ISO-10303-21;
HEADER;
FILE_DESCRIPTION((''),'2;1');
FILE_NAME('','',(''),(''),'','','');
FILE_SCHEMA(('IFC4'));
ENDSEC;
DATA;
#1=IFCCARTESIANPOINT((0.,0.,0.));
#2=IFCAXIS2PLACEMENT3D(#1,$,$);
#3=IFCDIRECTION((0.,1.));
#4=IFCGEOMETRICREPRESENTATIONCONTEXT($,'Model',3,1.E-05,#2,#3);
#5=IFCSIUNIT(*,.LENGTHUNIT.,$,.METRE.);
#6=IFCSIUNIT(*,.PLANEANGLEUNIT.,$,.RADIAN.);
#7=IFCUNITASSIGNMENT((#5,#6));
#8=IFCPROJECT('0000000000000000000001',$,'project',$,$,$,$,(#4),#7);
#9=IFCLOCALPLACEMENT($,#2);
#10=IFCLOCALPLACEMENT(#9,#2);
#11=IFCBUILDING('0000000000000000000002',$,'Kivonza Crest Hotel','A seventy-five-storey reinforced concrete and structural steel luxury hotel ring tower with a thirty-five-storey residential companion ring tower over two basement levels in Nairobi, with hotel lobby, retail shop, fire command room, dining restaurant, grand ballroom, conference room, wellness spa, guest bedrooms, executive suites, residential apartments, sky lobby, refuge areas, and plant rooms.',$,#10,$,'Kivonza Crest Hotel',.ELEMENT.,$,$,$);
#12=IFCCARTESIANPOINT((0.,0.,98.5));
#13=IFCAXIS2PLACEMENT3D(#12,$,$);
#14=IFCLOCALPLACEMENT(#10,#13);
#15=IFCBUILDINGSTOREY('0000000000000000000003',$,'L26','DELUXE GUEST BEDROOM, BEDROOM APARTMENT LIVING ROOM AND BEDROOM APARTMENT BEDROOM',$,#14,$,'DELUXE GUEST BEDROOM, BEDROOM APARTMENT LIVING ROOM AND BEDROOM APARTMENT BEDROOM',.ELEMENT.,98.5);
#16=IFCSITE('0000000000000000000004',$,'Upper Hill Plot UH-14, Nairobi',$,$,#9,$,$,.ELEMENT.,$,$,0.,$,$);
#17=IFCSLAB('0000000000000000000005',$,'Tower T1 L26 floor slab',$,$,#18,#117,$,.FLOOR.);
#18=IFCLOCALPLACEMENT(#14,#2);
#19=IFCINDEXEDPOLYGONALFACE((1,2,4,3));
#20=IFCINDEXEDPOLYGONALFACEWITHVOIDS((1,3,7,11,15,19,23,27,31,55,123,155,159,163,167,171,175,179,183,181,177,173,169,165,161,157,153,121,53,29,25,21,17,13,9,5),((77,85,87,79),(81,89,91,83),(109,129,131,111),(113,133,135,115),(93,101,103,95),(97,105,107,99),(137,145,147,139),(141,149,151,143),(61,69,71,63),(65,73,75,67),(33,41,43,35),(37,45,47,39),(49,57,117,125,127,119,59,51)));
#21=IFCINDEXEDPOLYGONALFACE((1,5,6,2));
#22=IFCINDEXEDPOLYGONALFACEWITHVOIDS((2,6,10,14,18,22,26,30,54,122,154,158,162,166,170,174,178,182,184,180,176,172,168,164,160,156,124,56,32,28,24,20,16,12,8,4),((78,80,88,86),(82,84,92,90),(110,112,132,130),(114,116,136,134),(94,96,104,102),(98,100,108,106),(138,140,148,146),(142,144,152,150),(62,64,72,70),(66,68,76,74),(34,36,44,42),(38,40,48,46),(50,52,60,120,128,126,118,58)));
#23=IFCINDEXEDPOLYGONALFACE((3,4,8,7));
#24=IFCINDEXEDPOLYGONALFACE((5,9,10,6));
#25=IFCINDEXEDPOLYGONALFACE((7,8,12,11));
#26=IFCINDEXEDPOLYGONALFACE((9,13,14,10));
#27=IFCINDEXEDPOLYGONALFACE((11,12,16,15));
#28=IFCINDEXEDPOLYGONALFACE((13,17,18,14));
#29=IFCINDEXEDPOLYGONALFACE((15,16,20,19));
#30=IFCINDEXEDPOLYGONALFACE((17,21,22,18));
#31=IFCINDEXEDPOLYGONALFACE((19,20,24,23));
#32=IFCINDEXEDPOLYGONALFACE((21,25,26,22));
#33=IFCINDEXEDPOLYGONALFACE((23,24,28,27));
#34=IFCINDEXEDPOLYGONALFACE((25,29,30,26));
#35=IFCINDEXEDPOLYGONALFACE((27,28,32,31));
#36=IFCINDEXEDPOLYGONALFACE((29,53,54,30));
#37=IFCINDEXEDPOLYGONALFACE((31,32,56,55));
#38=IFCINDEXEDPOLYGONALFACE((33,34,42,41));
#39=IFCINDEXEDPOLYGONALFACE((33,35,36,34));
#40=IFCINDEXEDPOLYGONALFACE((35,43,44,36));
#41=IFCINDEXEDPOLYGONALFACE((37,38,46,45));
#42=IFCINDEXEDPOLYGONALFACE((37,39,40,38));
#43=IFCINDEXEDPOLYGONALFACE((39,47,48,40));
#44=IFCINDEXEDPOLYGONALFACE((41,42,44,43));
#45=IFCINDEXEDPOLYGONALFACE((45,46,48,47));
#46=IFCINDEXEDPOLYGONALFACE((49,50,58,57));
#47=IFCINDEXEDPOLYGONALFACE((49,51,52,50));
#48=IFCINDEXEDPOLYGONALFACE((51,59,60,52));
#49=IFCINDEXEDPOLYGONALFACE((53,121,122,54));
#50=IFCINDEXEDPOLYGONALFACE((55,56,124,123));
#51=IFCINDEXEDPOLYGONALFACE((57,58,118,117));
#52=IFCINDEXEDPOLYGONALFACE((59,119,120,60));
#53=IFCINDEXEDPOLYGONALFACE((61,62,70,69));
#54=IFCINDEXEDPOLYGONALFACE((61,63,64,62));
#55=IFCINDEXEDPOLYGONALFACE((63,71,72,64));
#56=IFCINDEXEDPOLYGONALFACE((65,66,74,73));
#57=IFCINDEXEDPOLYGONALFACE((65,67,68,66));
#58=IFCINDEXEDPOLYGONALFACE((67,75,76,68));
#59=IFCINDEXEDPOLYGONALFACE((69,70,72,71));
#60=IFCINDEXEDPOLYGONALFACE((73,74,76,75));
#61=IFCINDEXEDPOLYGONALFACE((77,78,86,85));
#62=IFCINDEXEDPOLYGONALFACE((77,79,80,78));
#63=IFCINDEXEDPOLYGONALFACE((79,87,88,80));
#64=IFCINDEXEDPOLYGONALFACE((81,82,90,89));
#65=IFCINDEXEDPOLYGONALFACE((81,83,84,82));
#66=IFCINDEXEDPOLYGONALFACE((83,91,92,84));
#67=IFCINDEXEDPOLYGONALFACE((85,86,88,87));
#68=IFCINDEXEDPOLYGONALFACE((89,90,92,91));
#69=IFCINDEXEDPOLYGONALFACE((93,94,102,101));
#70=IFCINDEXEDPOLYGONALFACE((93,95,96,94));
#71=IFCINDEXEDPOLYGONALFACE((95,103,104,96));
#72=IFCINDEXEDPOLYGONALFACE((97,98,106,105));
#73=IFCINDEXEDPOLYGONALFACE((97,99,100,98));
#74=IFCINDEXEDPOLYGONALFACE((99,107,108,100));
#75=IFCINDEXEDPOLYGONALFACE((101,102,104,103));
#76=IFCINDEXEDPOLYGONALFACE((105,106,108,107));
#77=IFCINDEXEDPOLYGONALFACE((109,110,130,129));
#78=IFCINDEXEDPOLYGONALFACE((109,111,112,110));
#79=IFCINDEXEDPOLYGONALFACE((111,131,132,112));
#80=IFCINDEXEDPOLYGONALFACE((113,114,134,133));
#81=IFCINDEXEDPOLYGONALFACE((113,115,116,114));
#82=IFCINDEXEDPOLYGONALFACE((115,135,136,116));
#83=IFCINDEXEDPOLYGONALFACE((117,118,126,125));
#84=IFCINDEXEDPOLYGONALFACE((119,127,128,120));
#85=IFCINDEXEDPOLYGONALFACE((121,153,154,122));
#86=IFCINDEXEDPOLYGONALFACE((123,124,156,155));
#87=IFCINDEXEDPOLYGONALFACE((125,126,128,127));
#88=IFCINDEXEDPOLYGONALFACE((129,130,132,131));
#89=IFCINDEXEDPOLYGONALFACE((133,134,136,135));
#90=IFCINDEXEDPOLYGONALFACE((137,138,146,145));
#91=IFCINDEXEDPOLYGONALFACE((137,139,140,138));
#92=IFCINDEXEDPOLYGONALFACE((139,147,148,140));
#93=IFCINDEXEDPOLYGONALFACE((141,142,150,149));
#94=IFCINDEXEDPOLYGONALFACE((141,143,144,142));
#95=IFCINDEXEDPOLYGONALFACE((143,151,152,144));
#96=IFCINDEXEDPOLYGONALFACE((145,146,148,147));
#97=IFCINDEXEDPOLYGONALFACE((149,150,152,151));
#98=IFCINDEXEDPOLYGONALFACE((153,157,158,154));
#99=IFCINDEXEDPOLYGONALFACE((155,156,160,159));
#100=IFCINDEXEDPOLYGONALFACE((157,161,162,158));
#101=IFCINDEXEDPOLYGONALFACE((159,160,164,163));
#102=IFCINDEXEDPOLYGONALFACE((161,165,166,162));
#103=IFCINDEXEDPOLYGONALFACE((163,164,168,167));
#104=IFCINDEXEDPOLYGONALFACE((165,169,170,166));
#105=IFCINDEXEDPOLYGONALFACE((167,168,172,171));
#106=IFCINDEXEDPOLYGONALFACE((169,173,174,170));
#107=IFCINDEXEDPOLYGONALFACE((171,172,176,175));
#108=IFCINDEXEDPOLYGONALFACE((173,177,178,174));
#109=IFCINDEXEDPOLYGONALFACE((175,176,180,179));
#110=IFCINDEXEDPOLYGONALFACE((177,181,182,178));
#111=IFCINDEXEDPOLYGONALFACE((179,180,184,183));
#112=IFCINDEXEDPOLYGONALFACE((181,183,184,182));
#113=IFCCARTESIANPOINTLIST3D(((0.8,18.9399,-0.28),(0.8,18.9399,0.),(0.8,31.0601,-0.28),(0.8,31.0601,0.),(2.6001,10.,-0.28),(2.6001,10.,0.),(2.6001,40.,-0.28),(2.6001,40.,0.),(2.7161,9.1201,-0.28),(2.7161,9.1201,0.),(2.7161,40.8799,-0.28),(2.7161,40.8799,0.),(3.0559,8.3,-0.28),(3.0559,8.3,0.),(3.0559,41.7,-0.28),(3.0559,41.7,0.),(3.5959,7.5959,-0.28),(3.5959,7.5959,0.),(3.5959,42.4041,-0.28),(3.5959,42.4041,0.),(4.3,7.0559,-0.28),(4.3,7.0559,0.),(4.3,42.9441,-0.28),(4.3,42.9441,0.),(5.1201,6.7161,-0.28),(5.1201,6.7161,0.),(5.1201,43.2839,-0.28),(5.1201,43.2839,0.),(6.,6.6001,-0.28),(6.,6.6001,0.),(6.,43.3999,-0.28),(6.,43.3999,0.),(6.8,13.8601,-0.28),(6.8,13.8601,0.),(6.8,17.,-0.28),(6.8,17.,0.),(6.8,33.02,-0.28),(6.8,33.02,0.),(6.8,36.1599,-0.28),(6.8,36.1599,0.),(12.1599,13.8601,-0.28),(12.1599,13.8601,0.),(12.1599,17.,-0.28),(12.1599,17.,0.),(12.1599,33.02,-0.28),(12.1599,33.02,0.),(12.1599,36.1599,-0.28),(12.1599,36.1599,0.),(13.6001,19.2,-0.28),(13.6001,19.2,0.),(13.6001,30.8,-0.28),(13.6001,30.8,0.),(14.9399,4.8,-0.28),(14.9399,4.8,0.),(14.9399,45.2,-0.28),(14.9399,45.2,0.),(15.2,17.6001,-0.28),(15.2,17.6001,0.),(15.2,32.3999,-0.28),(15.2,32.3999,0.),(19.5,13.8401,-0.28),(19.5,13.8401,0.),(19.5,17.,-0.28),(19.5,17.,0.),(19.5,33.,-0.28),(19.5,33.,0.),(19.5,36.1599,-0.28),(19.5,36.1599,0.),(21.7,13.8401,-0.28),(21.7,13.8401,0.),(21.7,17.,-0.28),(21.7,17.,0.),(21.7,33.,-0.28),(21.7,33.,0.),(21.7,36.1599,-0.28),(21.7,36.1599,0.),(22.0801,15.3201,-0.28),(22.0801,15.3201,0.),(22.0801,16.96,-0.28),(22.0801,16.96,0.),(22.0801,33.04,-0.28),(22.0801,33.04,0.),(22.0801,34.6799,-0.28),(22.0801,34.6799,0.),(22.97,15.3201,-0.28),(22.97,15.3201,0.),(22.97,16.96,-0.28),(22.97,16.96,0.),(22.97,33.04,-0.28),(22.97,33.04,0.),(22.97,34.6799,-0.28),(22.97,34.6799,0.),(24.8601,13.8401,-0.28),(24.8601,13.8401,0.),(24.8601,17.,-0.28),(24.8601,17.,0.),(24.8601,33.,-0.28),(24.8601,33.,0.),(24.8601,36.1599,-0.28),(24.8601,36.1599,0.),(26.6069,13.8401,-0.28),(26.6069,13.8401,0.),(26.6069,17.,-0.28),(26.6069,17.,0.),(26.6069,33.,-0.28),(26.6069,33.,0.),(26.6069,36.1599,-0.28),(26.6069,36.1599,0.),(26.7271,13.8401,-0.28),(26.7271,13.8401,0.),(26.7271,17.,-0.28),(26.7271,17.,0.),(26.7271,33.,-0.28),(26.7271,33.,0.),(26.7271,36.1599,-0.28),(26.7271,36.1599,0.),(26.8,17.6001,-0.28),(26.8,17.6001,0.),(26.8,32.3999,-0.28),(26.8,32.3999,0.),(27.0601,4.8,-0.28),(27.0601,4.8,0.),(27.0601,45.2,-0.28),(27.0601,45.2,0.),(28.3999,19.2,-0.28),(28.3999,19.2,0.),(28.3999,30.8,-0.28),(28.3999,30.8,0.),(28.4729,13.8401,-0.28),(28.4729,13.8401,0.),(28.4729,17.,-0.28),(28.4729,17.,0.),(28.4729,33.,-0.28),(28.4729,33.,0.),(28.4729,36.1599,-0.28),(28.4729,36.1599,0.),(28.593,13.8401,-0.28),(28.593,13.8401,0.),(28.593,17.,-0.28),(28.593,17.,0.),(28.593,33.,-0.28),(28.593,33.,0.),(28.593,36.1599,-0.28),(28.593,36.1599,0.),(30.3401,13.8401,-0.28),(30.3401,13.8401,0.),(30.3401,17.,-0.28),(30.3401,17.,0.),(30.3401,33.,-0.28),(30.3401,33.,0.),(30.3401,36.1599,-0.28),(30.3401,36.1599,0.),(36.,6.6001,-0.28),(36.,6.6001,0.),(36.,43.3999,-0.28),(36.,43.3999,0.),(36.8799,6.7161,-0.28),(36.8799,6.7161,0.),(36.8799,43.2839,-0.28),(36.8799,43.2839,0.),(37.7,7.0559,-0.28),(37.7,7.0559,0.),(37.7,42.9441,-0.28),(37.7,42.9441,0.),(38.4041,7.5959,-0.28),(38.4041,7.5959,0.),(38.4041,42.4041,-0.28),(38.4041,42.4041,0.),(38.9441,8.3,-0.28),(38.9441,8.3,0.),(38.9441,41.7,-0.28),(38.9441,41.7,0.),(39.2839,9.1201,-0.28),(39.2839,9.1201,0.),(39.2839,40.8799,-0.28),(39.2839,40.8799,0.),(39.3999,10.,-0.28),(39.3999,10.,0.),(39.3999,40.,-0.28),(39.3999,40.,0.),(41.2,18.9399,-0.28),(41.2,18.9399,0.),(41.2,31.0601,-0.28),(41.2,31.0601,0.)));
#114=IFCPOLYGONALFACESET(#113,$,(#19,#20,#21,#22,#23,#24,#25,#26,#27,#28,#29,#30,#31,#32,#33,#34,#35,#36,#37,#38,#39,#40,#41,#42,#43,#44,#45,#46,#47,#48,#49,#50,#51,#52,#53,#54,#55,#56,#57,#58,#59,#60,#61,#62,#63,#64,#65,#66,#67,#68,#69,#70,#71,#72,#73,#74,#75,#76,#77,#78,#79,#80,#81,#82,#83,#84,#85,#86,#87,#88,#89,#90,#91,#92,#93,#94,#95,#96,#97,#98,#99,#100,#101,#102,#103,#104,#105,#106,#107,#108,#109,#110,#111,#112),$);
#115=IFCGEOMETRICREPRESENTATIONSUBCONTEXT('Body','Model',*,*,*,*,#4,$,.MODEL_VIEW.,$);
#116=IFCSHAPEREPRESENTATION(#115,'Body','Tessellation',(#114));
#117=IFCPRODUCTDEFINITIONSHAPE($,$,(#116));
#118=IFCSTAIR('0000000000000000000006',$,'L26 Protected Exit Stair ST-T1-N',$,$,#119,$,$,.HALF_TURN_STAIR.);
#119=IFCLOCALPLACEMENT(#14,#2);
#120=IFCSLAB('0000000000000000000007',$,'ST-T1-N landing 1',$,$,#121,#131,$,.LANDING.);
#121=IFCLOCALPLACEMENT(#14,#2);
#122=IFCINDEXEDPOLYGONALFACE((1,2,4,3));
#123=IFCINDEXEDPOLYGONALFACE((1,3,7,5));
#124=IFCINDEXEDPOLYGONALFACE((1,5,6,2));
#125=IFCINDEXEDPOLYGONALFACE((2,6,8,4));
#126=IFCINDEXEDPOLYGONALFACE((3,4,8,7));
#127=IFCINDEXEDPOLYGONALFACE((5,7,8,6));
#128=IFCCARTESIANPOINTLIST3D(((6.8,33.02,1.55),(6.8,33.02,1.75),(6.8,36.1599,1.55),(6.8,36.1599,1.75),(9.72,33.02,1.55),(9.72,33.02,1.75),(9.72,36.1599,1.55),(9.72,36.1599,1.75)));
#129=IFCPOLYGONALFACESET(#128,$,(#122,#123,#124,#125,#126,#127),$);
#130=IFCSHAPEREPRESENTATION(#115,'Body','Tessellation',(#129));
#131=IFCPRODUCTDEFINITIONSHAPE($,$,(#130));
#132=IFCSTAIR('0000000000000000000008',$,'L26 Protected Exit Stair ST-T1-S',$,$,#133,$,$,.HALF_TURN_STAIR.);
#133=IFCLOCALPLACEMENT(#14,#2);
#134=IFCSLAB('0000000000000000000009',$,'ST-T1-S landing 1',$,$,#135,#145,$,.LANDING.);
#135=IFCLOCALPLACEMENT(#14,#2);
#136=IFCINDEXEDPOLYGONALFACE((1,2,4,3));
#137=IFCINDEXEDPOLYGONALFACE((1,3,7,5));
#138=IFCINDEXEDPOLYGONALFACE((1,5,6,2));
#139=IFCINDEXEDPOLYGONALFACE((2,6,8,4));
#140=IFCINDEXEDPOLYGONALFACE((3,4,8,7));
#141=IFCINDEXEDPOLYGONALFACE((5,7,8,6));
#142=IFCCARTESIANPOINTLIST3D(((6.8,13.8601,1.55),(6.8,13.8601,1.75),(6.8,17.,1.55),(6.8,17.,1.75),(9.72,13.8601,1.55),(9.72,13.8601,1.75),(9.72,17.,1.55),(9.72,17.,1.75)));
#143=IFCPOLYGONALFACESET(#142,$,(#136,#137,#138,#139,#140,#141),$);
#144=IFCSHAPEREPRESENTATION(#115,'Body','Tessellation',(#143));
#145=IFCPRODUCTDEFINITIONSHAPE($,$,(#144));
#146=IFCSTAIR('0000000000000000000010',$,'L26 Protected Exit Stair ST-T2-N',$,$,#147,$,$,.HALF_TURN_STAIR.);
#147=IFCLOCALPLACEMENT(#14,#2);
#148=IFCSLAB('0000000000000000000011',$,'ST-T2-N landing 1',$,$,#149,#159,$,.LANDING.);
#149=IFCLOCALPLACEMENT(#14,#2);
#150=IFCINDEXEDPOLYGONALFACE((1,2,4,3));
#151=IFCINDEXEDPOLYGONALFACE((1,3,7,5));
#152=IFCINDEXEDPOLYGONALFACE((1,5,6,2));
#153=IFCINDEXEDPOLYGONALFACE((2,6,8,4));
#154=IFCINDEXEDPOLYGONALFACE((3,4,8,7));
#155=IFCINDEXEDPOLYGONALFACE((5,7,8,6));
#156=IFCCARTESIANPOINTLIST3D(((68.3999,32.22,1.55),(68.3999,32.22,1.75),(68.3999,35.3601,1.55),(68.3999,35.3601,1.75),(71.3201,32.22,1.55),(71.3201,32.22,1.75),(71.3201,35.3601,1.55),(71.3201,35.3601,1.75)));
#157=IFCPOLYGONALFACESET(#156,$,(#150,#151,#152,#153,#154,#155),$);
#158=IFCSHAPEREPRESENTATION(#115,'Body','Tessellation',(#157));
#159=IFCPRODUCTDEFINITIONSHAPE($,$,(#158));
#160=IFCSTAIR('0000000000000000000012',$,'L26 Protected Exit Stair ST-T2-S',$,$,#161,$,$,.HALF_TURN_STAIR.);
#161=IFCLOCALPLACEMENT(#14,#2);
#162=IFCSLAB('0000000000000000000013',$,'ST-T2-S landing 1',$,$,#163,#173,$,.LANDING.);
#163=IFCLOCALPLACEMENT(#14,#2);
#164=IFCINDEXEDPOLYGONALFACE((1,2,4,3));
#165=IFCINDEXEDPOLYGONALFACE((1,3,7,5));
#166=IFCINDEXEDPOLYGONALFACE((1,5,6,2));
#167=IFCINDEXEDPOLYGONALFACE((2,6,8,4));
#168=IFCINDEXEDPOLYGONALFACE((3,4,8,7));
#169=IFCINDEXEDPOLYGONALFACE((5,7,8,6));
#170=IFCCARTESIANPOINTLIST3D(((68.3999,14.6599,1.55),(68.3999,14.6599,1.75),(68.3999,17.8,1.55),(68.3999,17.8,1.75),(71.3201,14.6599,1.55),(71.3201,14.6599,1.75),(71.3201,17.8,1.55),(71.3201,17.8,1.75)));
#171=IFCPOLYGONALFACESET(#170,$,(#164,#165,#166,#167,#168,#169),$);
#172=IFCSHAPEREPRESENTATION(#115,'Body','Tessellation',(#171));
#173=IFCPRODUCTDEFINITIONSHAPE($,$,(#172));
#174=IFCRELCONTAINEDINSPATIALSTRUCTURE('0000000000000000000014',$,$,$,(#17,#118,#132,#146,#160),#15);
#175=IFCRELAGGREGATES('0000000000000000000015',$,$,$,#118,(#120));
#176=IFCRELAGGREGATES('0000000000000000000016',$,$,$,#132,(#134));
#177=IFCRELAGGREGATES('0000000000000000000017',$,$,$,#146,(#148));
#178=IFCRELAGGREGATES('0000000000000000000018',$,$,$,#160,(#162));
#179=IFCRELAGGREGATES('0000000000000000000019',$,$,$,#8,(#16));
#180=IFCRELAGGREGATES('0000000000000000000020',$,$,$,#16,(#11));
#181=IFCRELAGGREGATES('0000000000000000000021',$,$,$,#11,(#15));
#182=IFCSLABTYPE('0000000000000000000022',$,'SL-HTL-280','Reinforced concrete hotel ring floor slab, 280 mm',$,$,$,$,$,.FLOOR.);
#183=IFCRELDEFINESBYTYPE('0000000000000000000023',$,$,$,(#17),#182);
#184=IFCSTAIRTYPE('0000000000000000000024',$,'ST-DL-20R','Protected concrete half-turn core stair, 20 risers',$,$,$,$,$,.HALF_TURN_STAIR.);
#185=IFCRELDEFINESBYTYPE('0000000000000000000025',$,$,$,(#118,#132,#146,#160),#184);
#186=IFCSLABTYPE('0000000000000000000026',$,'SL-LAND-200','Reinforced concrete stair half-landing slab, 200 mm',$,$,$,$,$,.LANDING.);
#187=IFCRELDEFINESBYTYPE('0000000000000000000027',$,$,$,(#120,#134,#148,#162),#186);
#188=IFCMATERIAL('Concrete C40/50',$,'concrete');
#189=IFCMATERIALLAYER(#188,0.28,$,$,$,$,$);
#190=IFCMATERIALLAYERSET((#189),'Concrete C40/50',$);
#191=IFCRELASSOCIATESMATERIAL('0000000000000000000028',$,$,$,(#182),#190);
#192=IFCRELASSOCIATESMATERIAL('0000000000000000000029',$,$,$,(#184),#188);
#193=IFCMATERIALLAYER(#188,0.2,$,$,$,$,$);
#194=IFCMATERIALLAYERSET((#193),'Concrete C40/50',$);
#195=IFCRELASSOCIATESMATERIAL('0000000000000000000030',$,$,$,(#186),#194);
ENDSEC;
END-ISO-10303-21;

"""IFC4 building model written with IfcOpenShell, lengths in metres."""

from ifc_helpers import new_model, si_unit, direction, frame, origin, place, context, subcontext, project, spatial, polyline, outline, extrude, material, layer, layer_set, type_object, element, aggregate, save


model = new_model("IFC4")

# Units and contexts
model_context = context("Model", 3, precision=1e-05, world=origin(), true_north=direction((0.0, 1.0)))
body_context = subcontext(model_context, "Body", "Model", "MODEL_VIEW")
ifc_project = project(units=[si_unit("LENGTHUNIT", "METRE"), si_unit("PLANEANGLEUNIT", "RADIAN")], contexts=[model_context])

# Site, building, storey
site_placement = place(None, origin())
site = spatial("IfcSite", under=ifc_project, at=site_placement, Name="Upper Hill Plot UH-14, Nairobi", CompositionType="ELEMENT", RefElevation=0.0)
building_placement = place(site_placement, origin())
building = spatial("IfcBuilding", under=site, at=building_placement, Name="Kivonza Crest Hotel", Description="A seventy-five-storey reinforced concrete and structural steel luxury hotel ring tower with a thirty-five-storey residential companion ring tower over two basement levels in Nairobi, with hotel lobby, retail shop, fire command room, dining restaurant, grand ballroom, conference room, wellness spa, guest bedrooms, executive suites, residential apartments, sky lobby, refuge areas, and plant rooms.", LongName="Kivonza Crest Hotel", CompositionType="ELEMENT")
storey_placement = place(building_placement, frame((0.0, 0.0, 98.5)))
storey = spatial("IfcBuildingStorey", under=building, at=storey_placement, Name="L26", Description="DELUXE GUEST BEDROOM, BEDROOM APARTMENT LIVING ROOM AND BEDROOM APARTMENT BEDROOM", LongName="DELUXE GUEST BEDROOM, BEDROOM APARTMENT LIVING ROOM AND BEDROOM APARTMENT BEDROOM", CompositionType="ELEMENT", Elevation=98.5)

# Slab
ifc_material_1 = material(Name="Concrete C40/50", Category="concrete")
ifc_layer_1 = layer(ifc_material_1, 0.28)
ifc_layer_set_1 = layer_set([ifc_layer_1], Name="Concrete C40/50")
slab_type_1 = type_object("IfcSlabType", Name="SL-HTL-280", Description="Reinforced concrete hotel ring floor slab, 280 mm", PredefinedType="FLOOR", material=ifc_layer_set_1)
slab_1_placement = place(storey_placement, frame((0.0, 0.0, -0.28)))
element("IfcSlab", 1, at=slab_1_placement, inside=storey, type_object=slab_type_1, Name="Tower T1 L26 floor slab", PredefinedType="FLOOR", context=body_context, shape_type="SweptSolid", body=[
    extrude(outline(polyline([(2.6001, 10.0), (2.7161, 9.1201), (3.0559, 8.3), (3.5959, 7.5959), (4.3, 7.0559), (5.1201, 6.7161), (6.0, 6.6001), (14.9399, 4.8), (27.0601, 4.8), (36.0, 6.6001), (36.8799, 6.7161), (37.7, 7.0559), (38.4041, 7.5959), (38.9441, 8.3), (39.2839, 9.1201), (39.3999, 10.0), (41.2, 18.9399), (41.2, 31.0601), (39.3999, 40.0), (39.2839, 40.8799), (38.9441, 41.7), (38.4041, 42.4041), (37.7, 42.9441), (36.8799, 43.2839), (36.0, 43.3999), (27.0601, 45.2), (14.9399, 45.2), (6.0, 43.3999), (5.1201, 43.2839), (4.3, 42.9441), (3.5959, 42.4041), (3.0559, 41.7), (2.7161, 40.8799), (2.6001, 40.0), (0.8, 31.0601), (0.8, 18.9399), (2.6001, 10.0)]), holes=[polyline([(15.2, 17.6001), (26.8, 17.6001), (28.3999, 19.2), (28.3999, 30.8), (26.8, 32.3999), (15.2, 32.3999), (13.6001, 30.8), (13.6001, 19.2), (15.2, 17.6001)]), polyline([(6.8, 33.02), (12.1599, 33.02), (12.1599, 36.1599), (6.8, 36.1599), (6.8, 33.02)]), polyline([(6.8, 13.8601), (12.1599, 13.8601), (12.1599, 17.0), (6.8, 17.0), (6.8, 13.8601)]), polyline([(22.0801, 33.04), (22.97, 33.04), (22.97, 34.6799), (22.0801, 34.6799), (22.0801, 33.04)]), polyline([(22.0801, 15.3201), (22.97, 15.3201), (22.97, 16.96), (22.0801, 16.96), (22.0801, 15.3201)]), polyline([(19.5, 33.0), (21.7, 33.0), (21.7, 36.1599), (19.5, 36.1599), (19.5, 33.0)]), polyline([(24.8601, 33.0), (26.6069, 33.0), (26.6069, 36.1599), (24.8601, 36.1599), (24.8601, 33.0)]), polyline([(26.7271, 33.0), (28.4729, 33.0), (28.4729, 36.1599), (26.7271, 36.1599), (26.7271, 33.0)]), polyline([(28.593, 33.0), (30.3401, 33.0), (30.3401, 36.1599), (28.593, 36.1599), (28.593, 33.0)]), polyline([(19.5, 13.8401), (21.7, 13.8401), (21.7, 17.0), (19.5, 17.0), (19.5, 13.8401)]), polyline([(24.8601, 13.8401), (26.6069, 13.8401), (26.6069, 17.0), (24.8601, 17.0), (24.8601, 13.8401)]), polyline([(26.7271, 13.8401), (28.4729, 13.8401), (28.4729, 17.0), (26.7271, 17.0), (26.7271, 13.8401)]), polyline([(28.593, 13.8401), (30.3401, 13.8401), (30.3401, 17.0), (28.593, 17.0), (28.593, 13.8401)])]), origin(), (0.0, 0.0, 1.0), 0.28),
])

# Stairs, slabs
stair_type = type_object("IfcStairType", Name="ST-DL-20R", Description="Protected concrete half-turn core stair, 20 risers", PredefinedType="HALF_TURN_STAIR", material=ifc_material_1)
stair_1_placement = place(storey_placement, origin())
stair_1 = element("IfcStair", 2, at=stair_1_placement, inside=storey, type_object=stair_type, Name="L26 Protected Exit Stair ST-T1-N", PredefinedType="HALF_TURN_STAIR")
ifc_layer_2 = layer(ifc_material_1, 0.2)
ifc_layer_set_2 = layer_set([ifc_layer_2], Name="Concrete C40/50")
slab_type_2 = type_object("IfcSlabType", Name="SL-LAND-200", Description="Reinforced concrete stair half-landing slab, 200 mm", PredefinedType="LANDING", material=ifc_layer_set_2)
slab_2_placement = place(storey_placement, frame((0.0, 0.0, 1.55)))
slab_2 = element("IfcSlab", 3, at=slab_2_placement, type_object=slab_type_2, Name="ST-T1-N landing 1", PredefinedType="LANDING", context=body_context, shape_type="SweptSolid", body=[
    extrude(outline(polyline([(9.72, 36.1599), (6.8, 36.1599), (6.8, 33.02), (9.72, 33.02), (9.72, 36.1599)])), origin(), (0.0, 0.0, 1.0), 0.2),
])
aggregate(stair_1, [slab_2])
stair_2_placement = place(storey_placement, origin())
stair_2 = element("IfcStair", 4, at=stair_2_placement, inside=storey, type_object=stair_type, Name="L26 Protected Exit Stair ST-T1-S", PredefinedType="HALF_TURN_STAIR")
slab_3_placement = place(storey_placement, frame((0.0, 0.0, 1.55)))
slab_3 = element("IfcSlab", 5, at=slab_3_placement, type_object=slab_type_2, Name="ST-T1-S landing 1", PredefinedType="LANDING", context=body_context, shape_type="SweptSolid", body=[
    extrude(outline(polyline([(9.72, 17.0), (6.8, 17.0), (6.8, 13.8601), (9.72, 13.8601), (9.72, 17.0)])), origin(), (0.0, 0.0, 1.0), 0.2),
])
aggregate(stair_2, [slab_3])
stair_3_placement = place(storey_placement, origin())
stair_3 = element("IfcStair", 6, at=stair_3_placement, inside=storey, type_object=stair_type, Name="L26 Protected Exit Stair ST-T2-N", PredefinedType="HALF_TURN_STAIR")
slab_4_placement = place(storey_placement, frame((0.0, 0.0, 1.55)))
slab_4 = element("IfcSlab", 7, at=slab_4_placement, type_object=slab_type_2, Name="ST-T2-N landing 1", PredefinedType="LANDING", context=body_context, shape_type="SweptSolid", body=[
    extrude(outline(polyline([(71.3201, 35.3601), (68.3999, 35.3601), (68.3999, 32.22), (71.3201, 32.22), (71.3201, 35.3601)])), origin(), (0.0, 0.0, 1.0), 0.2),
])
aggregate(stair_3, [slab_4])
stair_4_placement = place(storey_placement, origin())
stair_4 = element("IfcStair", 8, at=stair_4_placement, inside=storey, type_object=stair_type, Name="L26 Protected Exit Stair ST-T2-S", PredefinedType="HALF_TURN_STAIR")
slab_5_placement = place(storey_placement, frame((0.0, 0.0, 1.55)))
slab_5 = element("IfcSlab", 9, at=slab_5_placement, type_object=slab_type_2, Name="ST-T2-S landing 1", PredefinedType="LANDING", context=body_context, shape_type="SweptSolid", body=[
    extrude(outline(polyline([(71.3201, 17.8), (68.3999, 17.8), (68.3999, 14.6599), (71.3201, 14.6599), (71.3201, 17.8)])), origin(), (0.0, 0.0, 1.0), 0.2),
])
aggregate(stair_4, [slab_5])

save(model, "model.ifc")
